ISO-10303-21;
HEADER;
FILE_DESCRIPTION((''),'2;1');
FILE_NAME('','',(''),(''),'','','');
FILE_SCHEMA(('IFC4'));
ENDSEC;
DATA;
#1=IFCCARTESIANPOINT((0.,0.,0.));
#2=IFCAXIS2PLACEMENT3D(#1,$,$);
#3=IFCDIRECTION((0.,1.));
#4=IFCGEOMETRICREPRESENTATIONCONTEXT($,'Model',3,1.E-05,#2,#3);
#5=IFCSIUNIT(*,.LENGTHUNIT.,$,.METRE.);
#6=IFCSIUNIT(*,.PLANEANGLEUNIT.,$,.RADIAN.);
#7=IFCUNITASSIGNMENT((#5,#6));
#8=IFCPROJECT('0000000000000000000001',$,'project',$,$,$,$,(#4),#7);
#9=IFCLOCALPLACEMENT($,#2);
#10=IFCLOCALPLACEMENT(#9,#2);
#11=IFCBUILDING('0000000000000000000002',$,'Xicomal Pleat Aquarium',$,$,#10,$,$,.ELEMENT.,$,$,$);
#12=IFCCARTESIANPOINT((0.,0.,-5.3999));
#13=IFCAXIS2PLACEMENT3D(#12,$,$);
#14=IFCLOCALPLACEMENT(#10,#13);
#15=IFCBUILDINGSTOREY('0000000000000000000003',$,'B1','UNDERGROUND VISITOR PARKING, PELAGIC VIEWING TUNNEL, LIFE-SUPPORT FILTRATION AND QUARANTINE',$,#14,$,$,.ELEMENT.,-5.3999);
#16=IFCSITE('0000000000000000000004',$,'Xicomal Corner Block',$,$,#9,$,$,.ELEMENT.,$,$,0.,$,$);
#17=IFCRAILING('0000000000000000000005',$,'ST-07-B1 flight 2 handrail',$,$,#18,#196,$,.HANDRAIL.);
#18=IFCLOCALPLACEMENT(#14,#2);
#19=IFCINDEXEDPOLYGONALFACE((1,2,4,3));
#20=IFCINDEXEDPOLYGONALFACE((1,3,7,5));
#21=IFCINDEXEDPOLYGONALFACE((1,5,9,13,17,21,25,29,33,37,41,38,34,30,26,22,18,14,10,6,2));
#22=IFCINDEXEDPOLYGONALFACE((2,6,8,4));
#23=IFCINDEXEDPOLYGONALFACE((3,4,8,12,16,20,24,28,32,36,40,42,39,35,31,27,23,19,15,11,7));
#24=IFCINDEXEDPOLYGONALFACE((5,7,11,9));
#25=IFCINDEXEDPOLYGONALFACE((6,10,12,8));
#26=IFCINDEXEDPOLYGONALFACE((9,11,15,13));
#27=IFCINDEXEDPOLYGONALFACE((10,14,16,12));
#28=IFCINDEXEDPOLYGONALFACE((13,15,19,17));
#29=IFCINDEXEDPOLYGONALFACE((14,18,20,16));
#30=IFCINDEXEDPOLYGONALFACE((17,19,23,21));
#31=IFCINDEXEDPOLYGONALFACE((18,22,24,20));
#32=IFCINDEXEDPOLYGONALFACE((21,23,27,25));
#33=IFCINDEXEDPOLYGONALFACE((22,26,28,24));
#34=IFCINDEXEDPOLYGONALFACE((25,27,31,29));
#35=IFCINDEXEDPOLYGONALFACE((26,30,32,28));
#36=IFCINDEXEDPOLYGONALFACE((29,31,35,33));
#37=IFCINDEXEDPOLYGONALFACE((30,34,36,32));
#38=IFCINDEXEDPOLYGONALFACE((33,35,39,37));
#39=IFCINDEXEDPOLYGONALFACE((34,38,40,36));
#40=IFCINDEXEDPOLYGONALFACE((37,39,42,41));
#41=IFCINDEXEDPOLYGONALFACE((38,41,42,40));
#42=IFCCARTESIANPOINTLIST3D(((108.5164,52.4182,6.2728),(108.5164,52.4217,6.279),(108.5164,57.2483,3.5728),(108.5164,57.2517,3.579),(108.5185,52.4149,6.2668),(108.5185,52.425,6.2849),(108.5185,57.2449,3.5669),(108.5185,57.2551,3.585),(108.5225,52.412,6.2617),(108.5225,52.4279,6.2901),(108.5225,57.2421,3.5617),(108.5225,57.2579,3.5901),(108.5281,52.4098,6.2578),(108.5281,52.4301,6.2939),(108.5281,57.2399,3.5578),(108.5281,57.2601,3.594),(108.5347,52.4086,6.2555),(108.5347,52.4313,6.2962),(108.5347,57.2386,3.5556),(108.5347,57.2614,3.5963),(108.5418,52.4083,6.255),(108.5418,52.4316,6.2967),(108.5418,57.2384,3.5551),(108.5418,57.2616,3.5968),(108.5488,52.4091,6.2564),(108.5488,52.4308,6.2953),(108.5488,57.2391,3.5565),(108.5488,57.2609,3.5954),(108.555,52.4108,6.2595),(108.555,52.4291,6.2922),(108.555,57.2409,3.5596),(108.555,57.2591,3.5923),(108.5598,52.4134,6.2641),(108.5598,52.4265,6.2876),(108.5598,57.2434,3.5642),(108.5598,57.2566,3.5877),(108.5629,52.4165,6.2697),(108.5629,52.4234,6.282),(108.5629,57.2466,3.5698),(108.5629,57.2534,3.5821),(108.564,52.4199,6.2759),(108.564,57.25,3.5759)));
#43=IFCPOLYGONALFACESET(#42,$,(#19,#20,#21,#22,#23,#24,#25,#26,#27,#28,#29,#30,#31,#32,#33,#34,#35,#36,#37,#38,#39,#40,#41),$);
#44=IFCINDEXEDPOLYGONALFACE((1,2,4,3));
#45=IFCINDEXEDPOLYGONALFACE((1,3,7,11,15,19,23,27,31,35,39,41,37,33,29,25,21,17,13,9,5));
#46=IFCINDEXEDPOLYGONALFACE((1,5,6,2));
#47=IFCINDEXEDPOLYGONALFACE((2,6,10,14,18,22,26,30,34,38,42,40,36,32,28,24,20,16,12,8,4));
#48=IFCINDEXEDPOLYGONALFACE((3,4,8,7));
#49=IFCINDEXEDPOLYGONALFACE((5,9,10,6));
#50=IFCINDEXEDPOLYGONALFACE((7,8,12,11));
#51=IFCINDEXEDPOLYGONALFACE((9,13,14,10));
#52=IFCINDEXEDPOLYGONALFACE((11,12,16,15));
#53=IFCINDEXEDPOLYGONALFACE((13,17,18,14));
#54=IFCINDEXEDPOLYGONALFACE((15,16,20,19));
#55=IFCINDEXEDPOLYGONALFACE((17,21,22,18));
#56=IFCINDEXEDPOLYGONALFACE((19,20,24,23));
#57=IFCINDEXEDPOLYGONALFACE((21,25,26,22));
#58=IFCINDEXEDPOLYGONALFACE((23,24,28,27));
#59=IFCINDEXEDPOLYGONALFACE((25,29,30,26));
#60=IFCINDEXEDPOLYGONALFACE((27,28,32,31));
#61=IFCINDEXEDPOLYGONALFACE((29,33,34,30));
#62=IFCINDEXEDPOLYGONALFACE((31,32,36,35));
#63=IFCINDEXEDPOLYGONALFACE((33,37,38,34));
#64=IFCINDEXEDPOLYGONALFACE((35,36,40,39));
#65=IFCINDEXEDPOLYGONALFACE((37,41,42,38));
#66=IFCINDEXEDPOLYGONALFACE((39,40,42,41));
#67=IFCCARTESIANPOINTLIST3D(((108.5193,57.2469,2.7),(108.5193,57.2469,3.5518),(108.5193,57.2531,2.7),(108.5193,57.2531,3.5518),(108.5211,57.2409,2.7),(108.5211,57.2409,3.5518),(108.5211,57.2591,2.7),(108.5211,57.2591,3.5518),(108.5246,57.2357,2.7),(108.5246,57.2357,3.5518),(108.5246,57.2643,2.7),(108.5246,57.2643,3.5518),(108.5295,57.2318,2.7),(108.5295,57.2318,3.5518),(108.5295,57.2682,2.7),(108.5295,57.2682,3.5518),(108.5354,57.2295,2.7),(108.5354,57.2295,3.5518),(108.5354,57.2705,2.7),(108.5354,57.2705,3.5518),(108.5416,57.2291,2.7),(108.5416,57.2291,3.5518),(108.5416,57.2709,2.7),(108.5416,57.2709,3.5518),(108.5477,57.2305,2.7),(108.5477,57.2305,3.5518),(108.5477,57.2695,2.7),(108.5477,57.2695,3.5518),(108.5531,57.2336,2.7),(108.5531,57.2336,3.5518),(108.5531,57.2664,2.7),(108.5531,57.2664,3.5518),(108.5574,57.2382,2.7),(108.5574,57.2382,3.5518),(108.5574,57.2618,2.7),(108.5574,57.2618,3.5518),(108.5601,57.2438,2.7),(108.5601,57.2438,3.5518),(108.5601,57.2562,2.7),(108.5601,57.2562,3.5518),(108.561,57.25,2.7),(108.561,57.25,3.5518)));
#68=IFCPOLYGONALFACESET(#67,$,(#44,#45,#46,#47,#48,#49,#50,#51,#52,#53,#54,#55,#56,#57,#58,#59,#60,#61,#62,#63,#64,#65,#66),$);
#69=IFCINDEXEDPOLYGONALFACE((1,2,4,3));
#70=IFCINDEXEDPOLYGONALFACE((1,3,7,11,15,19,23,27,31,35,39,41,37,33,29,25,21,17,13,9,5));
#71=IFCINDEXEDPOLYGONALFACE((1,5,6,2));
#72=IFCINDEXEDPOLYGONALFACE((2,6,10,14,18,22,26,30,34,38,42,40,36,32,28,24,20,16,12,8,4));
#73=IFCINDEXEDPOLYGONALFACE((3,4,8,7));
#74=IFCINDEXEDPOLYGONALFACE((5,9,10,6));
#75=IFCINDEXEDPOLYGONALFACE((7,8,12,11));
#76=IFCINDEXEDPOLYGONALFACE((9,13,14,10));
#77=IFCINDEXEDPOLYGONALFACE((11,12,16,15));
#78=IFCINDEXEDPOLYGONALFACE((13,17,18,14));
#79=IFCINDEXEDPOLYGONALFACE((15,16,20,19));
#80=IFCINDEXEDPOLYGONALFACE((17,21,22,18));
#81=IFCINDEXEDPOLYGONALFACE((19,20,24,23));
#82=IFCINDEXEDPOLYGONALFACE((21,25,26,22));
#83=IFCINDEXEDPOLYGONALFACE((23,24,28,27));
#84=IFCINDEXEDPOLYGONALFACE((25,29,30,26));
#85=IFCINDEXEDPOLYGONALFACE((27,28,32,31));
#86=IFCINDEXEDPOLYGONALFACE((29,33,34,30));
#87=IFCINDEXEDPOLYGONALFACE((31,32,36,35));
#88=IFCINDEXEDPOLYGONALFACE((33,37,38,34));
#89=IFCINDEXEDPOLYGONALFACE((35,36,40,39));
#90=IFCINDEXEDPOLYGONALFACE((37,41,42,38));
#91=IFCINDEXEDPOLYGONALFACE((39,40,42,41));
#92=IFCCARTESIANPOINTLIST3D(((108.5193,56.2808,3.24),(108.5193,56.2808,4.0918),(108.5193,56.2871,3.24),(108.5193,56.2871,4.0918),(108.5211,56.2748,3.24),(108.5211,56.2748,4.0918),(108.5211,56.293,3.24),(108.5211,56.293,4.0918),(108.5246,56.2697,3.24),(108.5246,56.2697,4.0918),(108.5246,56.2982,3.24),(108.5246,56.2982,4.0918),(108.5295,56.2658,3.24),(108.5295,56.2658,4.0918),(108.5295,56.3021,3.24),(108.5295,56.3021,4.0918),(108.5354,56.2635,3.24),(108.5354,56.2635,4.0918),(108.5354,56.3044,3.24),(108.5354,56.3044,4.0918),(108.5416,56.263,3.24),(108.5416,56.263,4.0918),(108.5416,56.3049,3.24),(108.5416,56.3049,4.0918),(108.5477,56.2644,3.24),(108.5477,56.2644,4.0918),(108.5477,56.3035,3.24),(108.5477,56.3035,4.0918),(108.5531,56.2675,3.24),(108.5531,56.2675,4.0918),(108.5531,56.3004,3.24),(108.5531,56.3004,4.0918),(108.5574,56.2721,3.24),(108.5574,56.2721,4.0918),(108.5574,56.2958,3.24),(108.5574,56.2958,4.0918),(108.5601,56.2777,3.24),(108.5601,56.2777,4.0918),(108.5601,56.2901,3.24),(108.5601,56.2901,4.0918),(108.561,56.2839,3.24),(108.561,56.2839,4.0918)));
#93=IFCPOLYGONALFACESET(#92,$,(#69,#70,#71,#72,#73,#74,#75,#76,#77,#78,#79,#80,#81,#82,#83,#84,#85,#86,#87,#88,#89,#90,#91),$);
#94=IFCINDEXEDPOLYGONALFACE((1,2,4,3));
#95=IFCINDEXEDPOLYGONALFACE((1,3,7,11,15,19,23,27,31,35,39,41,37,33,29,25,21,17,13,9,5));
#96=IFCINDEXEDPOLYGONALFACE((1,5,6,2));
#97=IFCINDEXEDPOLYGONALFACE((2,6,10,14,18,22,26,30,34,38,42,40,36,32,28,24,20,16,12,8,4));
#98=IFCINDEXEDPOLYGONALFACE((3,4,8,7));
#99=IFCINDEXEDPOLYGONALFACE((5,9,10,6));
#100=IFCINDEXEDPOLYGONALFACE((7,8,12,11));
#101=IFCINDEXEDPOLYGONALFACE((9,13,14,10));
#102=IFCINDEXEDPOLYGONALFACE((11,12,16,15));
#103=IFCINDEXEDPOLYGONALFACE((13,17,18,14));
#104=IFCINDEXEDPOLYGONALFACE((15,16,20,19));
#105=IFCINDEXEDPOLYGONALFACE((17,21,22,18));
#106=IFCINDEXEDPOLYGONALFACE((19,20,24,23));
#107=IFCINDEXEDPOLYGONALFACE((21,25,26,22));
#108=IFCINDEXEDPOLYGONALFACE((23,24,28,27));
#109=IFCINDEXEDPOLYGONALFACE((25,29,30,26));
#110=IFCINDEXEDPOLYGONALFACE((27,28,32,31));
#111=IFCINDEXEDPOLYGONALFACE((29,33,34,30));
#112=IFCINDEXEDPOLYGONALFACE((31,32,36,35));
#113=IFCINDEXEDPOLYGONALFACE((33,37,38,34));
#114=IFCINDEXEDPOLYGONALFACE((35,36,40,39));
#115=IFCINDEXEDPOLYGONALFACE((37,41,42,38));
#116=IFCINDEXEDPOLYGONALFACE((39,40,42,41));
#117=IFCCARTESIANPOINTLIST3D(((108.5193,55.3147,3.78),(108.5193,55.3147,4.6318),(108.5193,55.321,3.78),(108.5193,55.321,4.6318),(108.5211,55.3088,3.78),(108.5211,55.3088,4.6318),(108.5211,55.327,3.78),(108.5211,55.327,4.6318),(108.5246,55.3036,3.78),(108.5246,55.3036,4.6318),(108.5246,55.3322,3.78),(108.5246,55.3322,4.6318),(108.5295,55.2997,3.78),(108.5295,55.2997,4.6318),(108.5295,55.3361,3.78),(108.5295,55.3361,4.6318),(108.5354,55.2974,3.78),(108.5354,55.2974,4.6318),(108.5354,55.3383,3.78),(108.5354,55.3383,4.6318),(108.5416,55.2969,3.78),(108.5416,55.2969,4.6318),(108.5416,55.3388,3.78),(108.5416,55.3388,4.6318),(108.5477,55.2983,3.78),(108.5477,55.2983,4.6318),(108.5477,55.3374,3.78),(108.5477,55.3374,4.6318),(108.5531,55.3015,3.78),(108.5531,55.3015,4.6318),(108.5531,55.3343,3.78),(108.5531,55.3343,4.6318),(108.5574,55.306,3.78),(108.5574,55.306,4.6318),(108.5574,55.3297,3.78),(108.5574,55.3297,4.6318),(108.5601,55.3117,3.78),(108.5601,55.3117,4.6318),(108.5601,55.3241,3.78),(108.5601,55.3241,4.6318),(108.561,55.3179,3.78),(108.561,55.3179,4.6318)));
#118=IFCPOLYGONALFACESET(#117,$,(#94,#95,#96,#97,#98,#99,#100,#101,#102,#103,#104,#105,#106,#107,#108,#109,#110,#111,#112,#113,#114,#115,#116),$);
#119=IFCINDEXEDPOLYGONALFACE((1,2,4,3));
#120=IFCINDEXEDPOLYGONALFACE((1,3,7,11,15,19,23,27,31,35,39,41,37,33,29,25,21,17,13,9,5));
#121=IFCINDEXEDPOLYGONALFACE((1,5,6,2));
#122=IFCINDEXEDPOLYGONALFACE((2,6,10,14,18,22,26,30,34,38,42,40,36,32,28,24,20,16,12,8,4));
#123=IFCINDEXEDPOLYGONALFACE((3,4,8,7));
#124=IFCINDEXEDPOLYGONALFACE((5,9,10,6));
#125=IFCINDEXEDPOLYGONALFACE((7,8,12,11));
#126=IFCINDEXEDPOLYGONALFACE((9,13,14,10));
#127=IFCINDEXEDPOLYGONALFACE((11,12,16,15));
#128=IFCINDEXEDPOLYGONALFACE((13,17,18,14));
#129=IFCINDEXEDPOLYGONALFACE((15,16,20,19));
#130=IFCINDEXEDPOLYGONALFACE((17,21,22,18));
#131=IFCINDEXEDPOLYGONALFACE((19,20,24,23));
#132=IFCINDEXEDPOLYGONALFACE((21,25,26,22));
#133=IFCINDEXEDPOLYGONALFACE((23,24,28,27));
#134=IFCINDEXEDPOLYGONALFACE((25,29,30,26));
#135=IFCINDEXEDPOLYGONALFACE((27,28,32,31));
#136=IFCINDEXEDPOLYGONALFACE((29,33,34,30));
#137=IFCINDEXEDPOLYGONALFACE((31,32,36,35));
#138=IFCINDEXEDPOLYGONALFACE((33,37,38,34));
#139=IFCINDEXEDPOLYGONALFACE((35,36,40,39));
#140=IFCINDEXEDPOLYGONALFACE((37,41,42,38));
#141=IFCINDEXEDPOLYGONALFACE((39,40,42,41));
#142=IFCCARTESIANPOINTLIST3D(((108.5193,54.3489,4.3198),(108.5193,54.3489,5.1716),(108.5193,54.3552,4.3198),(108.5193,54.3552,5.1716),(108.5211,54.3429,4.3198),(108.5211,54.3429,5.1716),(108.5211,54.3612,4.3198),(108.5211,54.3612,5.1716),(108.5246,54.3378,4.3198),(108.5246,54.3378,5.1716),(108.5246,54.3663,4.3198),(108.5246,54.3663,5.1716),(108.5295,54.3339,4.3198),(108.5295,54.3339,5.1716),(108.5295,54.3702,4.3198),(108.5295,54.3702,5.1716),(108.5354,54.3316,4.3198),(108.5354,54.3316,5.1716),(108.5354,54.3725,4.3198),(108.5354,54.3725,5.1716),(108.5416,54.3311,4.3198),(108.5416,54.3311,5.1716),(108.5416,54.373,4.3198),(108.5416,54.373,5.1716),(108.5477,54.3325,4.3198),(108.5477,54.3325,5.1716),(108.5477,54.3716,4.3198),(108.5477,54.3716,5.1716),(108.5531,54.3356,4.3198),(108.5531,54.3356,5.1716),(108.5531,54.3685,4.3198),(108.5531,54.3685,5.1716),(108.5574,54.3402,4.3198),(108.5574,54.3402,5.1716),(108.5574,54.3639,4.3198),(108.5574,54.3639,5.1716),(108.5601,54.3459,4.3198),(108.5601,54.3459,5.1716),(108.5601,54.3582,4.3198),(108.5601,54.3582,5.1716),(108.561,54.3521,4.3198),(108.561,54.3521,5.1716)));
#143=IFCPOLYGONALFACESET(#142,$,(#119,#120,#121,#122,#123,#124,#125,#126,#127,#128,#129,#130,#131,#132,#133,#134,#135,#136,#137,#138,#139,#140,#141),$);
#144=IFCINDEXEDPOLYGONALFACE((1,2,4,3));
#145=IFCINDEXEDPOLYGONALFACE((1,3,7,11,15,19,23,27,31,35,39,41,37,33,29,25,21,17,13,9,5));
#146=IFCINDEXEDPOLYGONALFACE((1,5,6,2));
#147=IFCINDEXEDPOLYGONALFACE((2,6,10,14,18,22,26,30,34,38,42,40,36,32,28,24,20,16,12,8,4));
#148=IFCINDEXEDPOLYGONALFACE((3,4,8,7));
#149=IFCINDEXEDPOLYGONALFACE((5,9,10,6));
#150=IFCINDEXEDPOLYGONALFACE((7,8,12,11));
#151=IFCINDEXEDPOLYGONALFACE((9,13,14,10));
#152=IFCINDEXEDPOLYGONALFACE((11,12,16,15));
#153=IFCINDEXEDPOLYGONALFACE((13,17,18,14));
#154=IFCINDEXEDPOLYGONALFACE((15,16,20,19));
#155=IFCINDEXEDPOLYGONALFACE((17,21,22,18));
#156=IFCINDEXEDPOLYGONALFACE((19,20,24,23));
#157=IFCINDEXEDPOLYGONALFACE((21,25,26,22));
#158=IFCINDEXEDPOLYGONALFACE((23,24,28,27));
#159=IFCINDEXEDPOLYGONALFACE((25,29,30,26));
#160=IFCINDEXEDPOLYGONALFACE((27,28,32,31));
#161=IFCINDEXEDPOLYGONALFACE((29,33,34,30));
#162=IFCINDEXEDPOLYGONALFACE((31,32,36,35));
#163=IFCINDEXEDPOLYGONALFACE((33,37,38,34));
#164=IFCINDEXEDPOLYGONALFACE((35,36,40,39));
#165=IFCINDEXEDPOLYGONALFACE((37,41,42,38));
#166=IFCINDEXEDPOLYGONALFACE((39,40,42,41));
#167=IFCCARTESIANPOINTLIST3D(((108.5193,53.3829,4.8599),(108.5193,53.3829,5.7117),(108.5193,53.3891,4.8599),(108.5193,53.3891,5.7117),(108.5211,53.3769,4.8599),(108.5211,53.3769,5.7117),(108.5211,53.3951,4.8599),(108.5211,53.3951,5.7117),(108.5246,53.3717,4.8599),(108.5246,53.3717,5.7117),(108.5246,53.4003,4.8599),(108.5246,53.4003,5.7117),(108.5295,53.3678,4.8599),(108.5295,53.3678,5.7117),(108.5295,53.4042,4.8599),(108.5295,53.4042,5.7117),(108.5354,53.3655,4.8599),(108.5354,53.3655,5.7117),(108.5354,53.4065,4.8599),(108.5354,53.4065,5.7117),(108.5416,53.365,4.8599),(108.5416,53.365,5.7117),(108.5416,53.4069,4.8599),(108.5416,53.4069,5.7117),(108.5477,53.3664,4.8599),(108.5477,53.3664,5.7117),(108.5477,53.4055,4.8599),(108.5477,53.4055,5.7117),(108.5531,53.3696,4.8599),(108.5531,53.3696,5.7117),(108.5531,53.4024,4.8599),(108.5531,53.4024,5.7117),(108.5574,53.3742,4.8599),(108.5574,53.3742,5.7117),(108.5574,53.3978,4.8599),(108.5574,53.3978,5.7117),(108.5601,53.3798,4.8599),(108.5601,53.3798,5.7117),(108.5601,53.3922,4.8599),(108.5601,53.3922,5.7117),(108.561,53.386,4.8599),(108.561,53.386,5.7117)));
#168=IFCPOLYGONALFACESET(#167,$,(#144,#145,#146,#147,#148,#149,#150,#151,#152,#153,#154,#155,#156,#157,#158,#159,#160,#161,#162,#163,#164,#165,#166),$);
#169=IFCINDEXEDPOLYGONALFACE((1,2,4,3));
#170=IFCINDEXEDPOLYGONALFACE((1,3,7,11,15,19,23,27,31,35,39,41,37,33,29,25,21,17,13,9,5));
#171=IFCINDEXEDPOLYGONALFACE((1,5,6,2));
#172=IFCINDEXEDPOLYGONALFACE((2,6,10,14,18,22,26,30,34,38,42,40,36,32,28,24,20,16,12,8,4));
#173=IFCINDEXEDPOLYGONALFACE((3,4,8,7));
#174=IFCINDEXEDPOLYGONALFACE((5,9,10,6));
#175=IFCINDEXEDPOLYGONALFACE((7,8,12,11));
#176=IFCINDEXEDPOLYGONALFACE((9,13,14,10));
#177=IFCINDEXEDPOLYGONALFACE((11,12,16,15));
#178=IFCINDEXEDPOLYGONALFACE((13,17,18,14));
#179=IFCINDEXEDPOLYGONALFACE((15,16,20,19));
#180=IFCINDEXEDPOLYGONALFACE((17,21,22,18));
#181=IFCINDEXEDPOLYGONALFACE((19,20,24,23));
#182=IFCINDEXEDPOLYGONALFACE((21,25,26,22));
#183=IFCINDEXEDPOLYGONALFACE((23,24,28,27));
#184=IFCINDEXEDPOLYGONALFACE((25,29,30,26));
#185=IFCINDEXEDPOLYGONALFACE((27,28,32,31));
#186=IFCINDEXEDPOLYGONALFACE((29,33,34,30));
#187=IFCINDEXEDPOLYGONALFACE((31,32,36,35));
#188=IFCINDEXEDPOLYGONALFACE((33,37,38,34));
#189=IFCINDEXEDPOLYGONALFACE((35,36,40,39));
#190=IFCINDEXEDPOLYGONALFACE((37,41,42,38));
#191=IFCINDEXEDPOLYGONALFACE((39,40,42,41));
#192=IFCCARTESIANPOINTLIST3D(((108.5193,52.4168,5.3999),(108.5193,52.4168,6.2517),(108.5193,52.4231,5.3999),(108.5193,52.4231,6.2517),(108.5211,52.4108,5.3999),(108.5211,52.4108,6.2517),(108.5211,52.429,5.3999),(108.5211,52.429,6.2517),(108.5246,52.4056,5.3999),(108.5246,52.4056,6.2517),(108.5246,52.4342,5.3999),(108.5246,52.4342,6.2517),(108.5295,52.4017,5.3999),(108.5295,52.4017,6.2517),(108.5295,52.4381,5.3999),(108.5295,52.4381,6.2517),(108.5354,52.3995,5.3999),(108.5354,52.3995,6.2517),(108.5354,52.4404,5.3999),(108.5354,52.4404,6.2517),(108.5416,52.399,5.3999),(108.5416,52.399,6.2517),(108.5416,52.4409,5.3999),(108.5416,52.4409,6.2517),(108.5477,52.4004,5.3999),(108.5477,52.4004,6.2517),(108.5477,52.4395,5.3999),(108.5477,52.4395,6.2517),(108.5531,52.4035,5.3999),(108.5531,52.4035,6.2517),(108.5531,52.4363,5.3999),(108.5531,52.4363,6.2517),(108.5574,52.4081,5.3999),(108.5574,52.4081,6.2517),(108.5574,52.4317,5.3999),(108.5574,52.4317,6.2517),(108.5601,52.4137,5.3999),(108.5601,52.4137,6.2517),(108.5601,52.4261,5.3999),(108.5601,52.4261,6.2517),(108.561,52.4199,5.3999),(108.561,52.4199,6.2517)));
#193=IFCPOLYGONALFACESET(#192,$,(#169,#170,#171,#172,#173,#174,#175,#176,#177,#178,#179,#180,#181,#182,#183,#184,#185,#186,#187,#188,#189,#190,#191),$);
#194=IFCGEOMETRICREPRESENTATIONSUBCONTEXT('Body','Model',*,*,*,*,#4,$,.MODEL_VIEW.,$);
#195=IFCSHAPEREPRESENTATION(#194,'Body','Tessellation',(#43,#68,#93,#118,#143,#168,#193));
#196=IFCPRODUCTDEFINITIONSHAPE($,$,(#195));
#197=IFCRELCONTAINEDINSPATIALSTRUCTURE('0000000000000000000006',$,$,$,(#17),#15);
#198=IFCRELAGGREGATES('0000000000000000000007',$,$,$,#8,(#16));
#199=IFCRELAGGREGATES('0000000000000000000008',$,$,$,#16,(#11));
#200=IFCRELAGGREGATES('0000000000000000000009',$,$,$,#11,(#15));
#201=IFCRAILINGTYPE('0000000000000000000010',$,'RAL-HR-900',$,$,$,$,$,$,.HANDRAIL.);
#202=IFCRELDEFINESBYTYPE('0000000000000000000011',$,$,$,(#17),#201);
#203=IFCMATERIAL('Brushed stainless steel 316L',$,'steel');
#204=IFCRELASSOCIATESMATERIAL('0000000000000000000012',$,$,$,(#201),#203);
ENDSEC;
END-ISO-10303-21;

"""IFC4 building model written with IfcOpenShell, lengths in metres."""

from ifc_helpers import new_model, si_unit, direction, frame, origin, origin_2d, place, context, subcontext, project, spatial, circle, extrude, material, type_object, element, save


model = new_model("IFC4")

# Units and contexts
model_context = context("Model", 3, precision=1e-05, world=origin(), true_north=direction((0.0, 1.0)))
body_context = subcontext(model_context, "Body", "Model", "MODEL_VIEW")
ifc_project = project(units=[si_unit("LENGTHUNIT", "METRE"), si_unit("PLANEANGLEUNIT", "RADIAN")], contexts=[model_context])

# Site, building, storey
site_placement = place(None, origin())
site = spatial("IfcSite", under=ifc_project, at=site_placement, Name="Xicomal Corner Block", CompositionType="ELEMENT", RefElevation=0.0)
building_placement = place(site_placement, origin())
building = spatial("IfcBuilding", under=site, at=building_placement, Name="Xicomal Pleat Aquarium", CompositionType="ELEMENT")
storey_placement = place(building_placement, frame((0.0, 0.0, -5.3999)))
storey = spatial("IfcBuildingStorey", under=building, at=storey_placement, Name="B1", Description="UNDERGROUND VISITOR PARKING, PELAGIC VIEWING TUNNEL, LIFE-SUPPORT FILTRATION AND QUARANTINE", CompositionType="ELEMENT", Elevation=-5.3999)

# Railing
ifc_material_1 = material(Name="Brushed stainless steel 316L", Category="steel")
railing_type = type_object("IfcRailingType", Name="RAL-HR-900", PredefinedType="HANDRAIL", material=ifc_material_1)
railing_placement = place(storey_placement, frame((108.54, 57.25, 2.7)))
element("IfcRailing", 1, at=railing_placement, inside=storey, type_object=railing_type, Name="ST-07-B1 flight 2 handrail", PredefinedType="HANDRAIL", context=body_context, shape_type="SweptSolid", body=[
    extrude(circle(Radius=0.0239, at=origin_2d()), frame((0.0, 0.0, 0.876), z_axis=(0.0, -0.872883, 0.48793), x_axis=(1.0, 0.0, 0.0)), (0.0, 0.0, 1.0), 5.5334),
    extrude(circle(Radius=0.021, at=origin_2d()), origin(), (0.0, 0.0, 1.0), 0.8518),
    extrude(circle(Radius=0.021, at=origin_2d()), frame((0.0, -0.9661, 0.54)), (0.0, 0.0, 1.0), 0.8518),
    extrude(circle(Radius=0.021, at=origin_2d()), frame((0.0, -1.9321, 1.0801)), (0.0, 0.0, 1.0), 0.8518),
    extrude(circle(Radius=0.021, at=origin_2d()), frame((0.0, -2.8979, 1.6199)), (0.0, 0.0, 1.0), 0.8518),
    extrude(circle(Radius=0.021, at=origin_2d()), frame((0.0, -3.864, 2.1599)), (0.0, 0.0, 1.0), 0.8518),
    extrude(circle(Radius=0.021, at=origin_2d()), frame((0.0, -4.8301, 2.7)), (0.0, 0.0, 1.0), 0.8518),
])

save(model, "model.ifc")
